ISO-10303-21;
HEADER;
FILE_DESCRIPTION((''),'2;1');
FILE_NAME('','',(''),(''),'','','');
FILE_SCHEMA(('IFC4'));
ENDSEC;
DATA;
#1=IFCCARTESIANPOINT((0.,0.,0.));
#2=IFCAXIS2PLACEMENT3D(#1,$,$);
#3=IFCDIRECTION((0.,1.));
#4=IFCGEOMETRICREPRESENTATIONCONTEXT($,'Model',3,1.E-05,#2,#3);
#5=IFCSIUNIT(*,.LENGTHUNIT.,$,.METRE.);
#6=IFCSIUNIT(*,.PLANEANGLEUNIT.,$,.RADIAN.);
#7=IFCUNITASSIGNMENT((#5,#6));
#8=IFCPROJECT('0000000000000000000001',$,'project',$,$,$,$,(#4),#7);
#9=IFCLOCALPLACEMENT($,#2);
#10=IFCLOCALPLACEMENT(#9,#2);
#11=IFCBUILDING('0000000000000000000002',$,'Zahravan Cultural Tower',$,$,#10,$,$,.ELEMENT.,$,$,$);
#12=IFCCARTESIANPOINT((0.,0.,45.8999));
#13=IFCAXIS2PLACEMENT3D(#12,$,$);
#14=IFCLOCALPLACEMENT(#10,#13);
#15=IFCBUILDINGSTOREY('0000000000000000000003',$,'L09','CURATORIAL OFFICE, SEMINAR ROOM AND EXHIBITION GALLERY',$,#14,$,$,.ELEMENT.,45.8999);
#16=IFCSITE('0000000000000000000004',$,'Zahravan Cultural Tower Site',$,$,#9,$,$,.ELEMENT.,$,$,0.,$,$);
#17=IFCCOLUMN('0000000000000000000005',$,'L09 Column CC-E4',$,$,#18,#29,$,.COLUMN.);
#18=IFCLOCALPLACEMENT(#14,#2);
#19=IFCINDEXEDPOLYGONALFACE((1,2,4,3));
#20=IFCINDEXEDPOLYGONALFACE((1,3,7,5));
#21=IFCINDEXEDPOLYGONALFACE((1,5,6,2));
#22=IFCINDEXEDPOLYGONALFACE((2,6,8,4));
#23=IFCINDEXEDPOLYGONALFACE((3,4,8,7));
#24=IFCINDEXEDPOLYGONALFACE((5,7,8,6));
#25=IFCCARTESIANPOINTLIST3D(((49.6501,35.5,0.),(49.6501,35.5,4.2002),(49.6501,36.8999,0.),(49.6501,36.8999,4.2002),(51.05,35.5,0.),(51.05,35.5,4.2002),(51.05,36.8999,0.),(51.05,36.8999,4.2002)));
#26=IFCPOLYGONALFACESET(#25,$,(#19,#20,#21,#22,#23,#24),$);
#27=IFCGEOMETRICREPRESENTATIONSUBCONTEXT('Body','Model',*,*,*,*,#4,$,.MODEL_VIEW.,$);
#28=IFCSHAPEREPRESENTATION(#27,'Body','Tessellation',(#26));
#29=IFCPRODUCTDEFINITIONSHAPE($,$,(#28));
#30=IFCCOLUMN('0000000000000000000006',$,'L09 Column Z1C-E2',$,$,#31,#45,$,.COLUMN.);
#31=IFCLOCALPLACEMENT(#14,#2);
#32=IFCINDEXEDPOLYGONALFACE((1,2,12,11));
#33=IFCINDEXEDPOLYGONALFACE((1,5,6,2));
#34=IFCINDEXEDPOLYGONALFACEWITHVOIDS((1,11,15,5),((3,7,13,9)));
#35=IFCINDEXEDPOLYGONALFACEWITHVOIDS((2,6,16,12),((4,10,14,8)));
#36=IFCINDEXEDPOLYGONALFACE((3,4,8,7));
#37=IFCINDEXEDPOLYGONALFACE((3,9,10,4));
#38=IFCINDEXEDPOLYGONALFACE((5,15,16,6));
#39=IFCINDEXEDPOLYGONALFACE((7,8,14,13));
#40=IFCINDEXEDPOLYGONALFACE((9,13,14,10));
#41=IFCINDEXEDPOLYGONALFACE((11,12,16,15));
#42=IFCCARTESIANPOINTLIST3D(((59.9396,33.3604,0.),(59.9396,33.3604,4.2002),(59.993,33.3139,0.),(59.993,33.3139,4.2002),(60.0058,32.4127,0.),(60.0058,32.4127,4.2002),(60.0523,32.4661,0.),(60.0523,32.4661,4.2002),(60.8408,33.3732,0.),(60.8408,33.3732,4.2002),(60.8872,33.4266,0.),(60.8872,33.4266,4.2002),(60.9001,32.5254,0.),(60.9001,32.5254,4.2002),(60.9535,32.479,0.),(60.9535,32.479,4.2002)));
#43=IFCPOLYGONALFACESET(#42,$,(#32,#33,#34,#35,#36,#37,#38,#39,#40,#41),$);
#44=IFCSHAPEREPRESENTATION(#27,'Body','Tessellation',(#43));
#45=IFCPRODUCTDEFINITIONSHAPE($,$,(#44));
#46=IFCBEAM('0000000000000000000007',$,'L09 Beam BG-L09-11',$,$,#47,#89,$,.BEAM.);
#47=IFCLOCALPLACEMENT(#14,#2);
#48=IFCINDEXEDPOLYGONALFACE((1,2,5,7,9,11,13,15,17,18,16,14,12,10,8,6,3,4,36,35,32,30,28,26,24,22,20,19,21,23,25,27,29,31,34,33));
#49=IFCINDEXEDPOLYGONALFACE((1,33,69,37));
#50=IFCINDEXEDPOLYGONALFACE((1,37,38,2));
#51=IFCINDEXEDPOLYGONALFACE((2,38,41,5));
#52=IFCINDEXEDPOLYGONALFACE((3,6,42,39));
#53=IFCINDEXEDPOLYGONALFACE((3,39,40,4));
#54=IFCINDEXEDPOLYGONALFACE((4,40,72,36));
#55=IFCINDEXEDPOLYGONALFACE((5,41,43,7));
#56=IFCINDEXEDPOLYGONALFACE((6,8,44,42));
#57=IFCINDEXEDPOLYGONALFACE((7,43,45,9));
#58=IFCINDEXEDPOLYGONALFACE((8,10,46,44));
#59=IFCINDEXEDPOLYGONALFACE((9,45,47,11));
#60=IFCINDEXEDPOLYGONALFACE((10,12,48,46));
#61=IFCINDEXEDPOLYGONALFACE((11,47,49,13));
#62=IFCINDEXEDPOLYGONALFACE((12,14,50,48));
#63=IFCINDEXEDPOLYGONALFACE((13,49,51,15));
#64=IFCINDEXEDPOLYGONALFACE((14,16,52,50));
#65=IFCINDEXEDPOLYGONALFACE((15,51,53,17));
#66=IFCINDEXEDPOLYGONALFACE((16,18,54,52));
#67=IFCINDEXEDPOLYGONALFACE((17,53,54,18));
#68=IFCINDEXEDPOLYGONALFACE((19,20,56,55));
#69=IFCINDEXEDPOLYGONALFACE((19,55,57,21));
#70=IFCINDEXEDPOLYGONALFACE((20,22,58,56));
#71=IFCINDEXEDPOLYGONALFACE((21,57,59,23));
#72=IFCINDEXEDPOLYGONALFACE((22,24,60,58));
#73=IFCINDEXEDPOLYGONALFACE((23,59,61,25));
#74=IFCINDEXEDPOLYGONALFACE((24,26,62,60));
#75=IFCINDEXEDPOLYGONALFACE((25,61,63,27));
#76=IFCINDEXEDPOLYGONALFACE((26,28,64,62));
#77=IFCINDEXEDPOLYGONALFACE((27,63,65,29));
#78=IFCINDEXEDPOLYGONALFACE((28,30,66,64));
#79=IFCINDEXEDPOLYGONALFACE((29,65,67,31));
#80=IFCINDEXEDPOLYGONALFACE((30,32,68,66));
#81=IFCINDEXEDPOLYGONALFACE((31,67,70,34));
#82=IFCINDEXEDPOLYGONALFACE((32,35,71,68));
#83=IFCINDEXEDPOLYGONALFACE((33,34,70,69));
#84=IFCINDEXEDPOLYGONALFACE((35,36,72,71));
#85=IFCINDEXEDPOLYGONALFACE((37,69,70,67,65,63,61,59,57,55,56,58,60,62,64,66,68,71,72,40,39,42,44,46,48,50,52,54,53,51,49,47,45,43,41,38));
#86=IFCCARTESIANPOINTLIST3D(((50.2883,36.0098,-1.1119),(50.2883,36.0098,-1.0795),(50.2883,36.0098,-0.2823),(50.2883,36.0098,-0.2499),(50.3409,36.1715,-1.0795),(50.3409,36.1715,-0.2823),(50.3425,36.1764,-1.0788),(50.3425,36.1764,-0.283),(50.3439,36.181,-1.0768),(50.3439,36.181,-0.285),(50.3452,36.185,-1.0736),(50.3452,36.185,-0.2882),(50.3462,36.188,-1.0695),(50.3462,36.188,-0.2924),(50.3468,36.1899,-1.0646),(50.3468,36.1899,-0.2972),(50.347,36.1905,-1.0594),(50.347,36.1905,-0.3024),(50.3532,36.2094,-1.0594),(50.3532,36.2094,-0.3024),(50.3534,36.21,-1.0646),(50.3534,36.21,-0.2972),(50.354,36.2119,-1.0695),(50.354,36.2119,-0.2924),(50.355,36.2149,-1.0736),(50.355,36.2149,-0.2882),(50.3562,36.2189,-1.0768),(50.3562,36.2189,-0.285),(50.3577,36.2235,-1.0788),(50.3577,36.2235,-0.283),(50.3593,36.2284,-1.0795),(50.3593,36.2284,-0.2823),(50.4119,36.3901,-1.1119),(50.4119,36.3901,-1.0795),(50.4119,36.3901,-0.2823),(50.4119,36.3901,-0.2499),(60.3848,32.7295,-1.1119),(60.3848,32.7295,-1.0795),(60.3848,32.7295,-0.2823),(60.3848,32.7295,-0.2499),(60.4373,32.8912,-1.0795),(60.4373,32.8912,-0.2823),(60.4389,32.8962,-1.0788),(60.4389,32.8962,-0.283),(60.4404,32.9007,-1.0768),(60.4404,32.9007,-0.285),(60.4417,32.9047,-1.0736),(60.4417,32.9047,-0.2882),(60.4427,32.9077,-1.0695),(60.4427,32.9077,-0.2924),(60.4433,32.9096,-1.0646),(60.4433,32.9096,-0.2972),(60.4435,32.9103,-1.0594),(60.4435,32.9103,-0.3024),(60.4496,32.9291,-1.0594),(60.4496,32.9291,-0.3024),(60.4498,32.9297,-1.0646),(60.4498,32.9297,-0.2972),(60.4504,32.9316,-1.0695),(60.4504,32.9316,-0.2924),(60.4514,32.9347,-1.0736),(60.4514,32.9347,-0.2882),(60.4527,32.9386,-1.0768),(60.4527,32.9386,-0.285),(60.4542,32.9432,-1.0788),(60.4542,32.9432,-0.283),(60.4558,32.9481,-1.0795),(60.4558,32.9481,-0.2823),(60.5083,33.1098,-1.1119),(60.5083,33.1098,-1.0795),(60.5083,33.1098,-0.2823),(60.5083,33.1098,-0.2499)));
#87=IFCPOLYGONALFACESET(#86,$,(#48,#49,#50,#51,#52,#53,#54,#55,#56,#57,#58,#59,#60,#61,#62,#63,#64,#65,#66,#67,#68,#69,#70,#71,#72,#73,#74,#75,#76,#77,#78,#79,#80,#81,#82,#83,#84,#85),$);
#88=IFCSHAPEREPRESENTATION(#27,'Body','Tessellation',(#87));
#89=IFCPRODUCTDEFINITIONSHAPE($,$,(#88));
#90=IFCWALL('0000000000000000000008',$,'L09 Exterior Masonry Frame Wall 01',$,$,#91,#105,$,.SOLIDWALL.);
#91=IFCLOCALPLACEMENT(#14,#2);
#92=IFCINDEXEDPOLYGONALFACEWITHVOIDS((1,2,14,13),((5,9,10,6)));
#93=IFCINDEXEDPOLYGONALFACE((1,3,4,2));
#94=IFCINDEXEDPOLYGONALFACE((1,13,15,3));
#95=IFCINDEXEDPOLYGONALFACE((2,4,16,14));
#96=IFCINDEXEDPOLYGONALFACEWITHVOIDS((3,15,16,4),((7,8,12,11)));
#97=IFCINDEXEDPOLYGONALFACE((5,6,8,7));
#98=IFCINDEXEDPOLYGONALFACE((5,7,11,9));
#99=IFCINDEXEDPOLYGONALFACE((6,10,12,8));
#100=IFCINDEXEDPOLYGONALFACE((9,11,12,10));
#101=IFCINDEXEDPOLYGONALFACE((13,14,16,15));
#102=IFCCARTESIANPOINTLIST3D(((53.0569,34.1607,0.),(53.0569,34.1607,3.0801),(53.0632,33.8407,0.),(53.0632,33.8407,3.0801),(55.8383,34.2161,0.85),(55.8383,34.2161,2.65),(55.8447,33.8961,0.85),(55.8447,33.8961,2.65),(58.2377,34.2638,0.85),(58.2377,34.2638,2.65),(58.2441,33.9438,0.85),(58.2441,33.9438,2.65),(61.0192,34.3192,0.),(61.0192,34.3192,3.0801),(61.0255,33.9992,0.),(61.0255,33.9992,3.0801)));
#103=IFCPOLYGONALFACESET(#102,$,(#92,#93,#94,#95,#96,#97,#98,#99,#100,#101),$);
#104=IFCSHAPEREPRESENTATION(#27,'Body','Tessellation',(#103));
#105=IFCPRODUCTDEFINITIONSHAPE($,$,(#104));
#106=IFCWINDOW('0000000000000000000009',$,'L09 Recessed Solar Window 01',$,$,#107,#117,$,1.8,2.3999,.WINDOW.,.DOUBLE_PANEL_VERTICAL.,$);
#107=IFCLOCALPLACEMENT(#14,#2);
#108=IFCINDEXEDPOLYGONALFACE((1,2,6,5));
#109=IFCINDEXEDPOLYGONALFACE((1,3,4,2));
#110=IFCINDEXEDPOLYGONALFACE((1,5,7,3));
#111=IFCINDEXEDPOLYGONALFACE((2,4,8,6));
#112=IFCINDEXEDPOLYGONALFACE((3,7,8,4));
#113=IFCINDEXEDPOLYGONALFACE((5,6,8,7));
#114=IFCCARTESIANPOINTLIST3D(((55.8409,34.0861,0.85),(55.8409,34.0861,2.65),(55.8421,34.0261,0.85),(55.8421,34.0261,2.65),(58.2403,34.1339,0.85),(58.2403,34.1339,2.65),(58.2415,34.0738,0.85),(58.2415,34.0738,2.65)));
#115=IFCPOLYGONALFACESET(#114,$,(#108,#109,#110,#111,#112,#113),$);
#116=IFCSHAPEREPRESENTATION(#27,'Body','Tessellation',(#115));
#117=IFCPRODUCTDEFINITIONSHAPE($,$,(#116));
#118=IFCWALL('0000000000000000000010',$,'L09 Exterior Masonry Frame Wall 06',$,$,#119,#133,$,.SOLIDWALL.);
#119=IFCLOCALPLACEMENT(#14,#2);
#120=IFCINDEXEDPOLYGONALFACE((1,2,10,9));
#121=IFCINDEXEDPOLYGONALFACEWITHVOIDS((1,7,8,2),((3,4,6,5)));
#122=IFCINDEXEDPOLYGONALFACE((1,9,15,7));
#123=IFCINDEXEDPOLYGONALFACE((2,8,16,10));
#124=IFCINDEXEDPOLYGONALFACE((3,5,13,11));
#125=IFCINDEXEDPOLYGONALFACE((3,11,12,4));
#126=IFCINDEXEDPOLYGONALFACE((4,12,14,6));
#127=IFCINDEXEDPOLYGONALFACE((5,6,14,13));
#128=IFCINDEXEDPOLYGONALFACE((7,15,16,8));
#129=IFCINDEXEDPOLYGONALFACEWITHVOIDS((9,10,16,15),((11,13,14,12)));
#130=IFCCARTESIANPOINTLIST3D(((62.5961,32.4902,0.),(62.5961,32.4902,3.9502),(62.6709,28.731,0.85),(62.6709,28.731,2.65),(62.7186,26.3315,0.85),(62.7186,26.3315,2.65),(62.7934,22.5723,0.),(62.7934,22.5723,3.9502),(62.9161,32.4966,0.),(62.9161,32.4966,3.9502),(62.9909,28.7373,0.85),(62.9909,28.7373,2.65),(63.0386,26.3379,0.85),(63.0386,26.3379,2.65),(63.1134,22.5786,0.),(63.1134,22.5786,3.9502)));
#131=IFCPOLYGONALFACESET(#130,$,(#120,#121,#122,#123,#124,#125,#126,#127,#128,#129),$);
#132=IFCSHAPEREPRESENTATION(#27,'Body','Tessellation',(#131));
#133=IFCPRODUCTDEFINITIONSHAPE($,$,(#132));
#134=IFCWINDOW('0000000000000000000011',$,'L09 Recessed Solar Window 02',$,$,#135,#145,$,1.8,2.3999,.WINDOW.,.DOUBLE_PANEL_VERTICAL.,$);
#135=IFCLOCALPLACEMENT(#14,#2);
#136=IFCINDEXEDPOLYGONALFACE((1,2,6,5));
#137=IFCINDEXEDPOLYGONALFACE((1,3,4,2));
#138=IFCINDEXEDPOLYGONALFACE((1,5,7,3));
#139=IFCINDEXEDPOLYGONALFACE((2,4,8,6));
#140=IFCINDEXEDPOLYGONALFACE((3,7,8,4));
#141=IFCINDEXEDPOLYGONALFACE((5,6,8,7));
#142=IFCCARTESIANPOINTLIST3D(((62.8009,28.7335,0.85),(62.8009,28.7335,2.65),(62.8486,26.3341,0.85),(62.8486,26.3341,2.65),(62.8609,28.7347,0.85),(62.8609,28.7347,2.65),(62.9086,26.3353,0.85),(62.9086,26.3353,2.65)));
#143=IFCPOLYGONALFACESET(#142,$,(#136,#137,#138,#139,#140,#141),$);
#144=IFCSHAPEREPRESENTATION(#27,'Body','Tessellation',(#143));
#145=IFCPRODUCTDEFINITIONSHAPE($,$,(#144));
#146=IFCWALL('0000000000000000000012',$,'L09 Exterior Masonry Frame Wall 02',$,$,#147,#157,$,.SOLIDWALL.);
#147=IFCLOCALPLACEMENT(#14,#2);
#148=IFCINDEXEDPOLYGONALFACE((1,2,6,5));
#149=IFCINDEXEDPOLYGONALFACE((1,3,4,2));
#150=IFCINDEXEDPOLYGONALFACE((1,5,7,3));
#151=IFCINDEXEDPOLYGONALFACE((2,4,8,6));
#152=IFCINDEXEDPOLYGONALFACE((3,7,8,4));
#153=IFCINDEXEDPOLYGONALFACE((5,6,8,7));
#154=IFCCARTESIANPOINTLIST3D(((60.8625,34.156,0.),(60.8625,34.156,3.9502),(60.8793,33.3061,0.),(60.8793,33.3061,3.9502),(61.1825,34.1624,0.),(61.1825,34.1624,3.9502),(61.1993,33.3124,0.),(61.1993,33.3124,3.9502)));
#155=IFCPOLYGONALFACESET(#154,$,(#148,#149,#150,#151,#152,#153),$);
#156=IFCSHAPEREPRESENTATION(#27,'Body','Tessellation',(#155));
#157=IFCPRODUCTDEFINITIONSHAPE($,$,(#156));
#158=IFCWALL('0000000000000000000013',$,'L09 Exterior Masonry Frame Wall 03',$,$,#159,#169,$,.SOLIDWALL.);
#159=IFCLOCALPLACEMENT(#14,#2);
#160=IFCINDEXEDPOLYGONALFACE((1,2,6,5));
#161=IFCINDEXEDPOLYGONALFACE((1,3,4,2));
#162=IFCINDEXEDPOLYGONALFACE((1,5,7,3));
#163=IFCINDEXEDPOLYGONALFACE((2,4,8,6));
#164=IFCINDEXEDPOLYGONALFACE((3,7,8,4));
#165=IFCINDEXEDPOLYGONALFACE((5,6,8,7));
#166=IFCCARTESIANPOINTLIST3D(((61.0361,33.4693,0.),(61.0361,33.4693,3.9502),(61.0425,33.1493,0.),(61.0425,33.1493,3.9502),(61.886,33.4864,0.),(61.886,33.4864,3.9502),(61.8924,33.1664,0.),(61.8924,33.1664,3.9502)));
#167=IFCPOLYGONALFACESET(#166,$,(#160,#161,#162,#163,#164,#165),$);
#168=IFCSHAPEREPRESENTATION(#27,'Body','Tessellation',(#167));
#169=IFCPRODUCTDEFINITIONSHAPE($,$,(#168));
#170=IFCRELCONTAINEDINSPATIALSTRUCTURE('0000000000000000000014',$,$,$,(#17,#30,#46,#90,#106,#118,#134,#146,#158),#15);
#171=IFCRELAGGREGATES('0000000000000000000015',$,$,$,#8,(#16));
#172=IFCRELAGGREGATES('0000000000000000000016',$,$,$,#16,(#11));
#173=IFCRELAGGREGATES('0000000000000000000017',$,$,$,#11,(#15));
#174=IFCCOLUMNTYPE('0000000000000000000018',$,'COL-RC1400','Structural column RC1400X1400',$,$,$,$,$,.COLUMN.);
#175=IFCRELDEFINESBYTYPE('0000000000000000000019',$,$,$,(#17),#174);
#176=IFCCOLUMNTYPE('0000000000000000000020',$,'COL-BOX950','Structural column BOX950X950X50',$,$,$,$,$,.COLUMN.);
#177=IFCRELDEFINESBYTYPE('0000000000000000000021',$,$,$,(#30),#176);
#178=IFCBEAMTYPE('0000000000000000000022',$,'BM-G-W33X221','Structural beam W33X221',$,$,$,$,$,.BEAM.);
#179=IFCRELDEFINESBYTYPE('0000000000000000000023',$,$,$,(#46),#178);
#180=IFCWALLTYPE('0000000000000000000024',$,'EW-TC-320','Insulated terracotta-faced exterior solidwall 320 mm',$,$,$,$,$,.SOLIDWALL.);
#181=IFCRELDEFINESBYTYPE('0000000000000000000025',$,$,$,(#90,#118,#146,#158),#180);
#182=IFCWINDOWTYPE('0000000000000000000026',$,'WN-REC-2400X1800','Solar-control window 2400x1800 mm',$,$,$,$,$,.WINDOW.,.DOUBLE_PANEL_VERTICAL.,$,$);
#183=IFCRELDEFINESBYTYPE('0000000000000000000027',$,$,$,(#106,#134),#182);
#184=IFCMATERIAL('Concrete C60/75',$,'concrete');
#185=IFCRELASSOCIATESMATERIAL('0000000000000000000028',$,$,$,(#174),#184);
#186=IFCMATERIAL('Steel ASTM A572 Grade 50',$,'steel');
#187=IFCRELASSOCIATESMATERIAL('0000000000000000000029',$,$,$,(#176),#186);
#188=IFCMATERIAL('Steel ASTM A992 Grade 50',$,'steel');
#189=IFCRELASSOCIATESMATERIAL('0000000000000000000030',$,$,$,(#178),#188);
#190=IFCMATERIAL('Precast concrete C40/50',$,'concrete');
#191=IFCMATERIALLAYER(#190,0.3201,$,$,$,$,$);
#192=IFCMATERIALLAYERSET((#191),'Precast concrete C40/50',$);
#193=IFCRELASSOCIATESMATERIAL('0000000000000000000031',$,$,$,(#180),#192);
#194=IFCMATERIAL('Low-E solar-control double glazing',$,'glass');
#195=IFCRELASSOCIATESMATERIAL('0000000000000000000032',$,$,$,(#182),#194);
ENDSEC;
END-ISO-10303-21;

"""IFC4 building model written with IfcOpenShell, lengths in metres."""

from ifc_helpers import new_model, si_unit, direction, frame, frame_2d, origin, origin_2d, place, context, subcontext, project, spatial, rectangle, hollow_rectangle, i_section, extrude, source, transform, mapped, material, layer, layer_set, material_profile, profile_set, type_object, element, fill, save


model = new_model("IFC4")

# Units and contexts
model_context = context("Model", 3, precision=1e-05, world=origin(), true_north=direction((0.0, 1.0)))
body_context = subcontext(model_context, "Body", "Model", "MODEL_VIEW")
ifc_project = project(units=[si_unit("LENGTHUNIT", "METRE"), si_unit("PLANEANGLEUNIT", "RADIAN")], contexts=[model_context])

# Site, building, storey
site_placement = place(None, origin())
site = spatial("IfcSite", under=ifc_project, at=site_placement, Name="Zahravan Cultural Tower Site", CompositionType="ELEMENT", RefElevation=0.0)
building_placement = place(site_placement, origin())
building = spatial("IfcBuilding", under=site, at=building_placement, Name="Zahravan Cultural Tower", CompositionType="ELEMENT")
storey_placement = place(building_placement, frame((0.0, 0.0, 45.8999)))
storey = spatial("IfcBuildingStorey", under=building, at=storey_placement, Name="L09", Description="CURATORIAL OFFICE, SEMINAR ROOM AND EXHIBITION GALLERY", CompositionType="ELEMENT", Elevation=45.8999)

# Columns
ifc_material_1 = material(Name="Concrete C60/75", Category="concrete")
ifc_material_profile_1 = material_profile(ifc_material_1, rectangle(XDim=1.3999, YDim=1.3999, at=origin_2d()), Name="RC1400X1400")
ifc_profile_set_1 = profile_set([ifc_material_profile_1], Name="Concrete C60/75")
column_type_1 = type_object("IfcColumnType", Name="COL-RC1400", Description="Structural column RC1400X1400", PredefinedType="COLUMN", material=ifc_profile_set_1)
shared_shape_1 = source(origin(), body_context, "Body", "SweptSolid", [
    extrude(rectangle(XDim=1.3999, YDim=1.3999, at=origin_2d()), origin(), (0.0, 0.0, 1.0), 4.2002),
])
column_1_placement = place(storey_placement, frame((50.3501, 36.2, 0.0), z_axis=(0.0, 0.0, 1.0), x_axis=(1.0, 0.0, 0.0)))
element("IfcColumn", 1, at=column_1_placement, inside=storey, type_object=column_type_1, Name="L09 Column CC-E4", PredefinedType="COLUMN", context=body_context, shape_type="MappedRepresentation", body=[
    mapped(shared_shape_1, transform((0.0, 0.0, 0.0), x_axis=(1.0, 0.0, 0.0), y_axis=(0.0, 1.0, 0.0), z_axis=(0.0, 0.0, 1.0), scale=1.0)),
])
ifc_material_2 = material(Name="Steel ASTM A572 Grade 50", Category="steel")
ifc_material_profile_2 = material_profile(ifc_material_2, hollow_rectangle(XDim=0.95, YDim=0.95, WallThickness=0.05, at=origin_2d()), Name="BOX950X950X50")
ifc_profile_set_2 = profile_set([ifc_material_profile_2], Name="Steel ASTM A572 Grade 50")
column_type_2 = type_object("IfcColumnType", Name="COL-BOX950", Description="Structural column BOX950X950X50", PredefinedType="COLUMN", material=ifc_profile_set_2)
shared_shape_2 = source(origin(), body_context, "Body", "SweptSolid", [
    extrude(hollow_rectangle(XDim=0.95, YDim=0.95, WallThickness=0.05, at=origin_2d()), origin(), (0.0, 0.0, 1.0), 4.2002),
])
column_2_placement = place(storey_placement, frame((60.4465, 32.9197, 0.0), z_axis=(0.0, 0.0, 1.0), x_axis=(0.997564, 0.069756, 0.0)))
element("IfcColumn", 2, at=column_2_placement, inside=storey, type_object=column_type_2, Name="L09 Column Z1C-E2", PredefinedType="COLUMN", context=body_context, shape_type="MappedRepresentation", body=[
    mapped(shared_shape_2, transform((0.0, 0.0, 0.0), x_axis=(1.0, 0.0, 0.0), y_axis=(0.0, 1.0, 0.0), z_axis=(0.0, 0.0, 1.0), scale=1.0)),
])

# Beam
ifc_material_3 = material(Name="Steel ASTM A992 Grade 50", Category="steel")
ifc_material_profile_3 = material_profile(ifc_material_3, i_section(OverallWidth=0.3999, OverallDepth=0.8621, WebThickness=0.0198, FlangeThickness=0.0325, FilletRadius=0.02, at=origin_2d()), Name="W33X221")
ifc_profile_set_3 = profile_set([ifc_material_profile_3], Name="Steel ASTM A992 Grade 50")
beam_type = type_object("IfcBeamType", Name="BM-G-W33X221", Description="Structural beam W33X221", PredefinedType="BEAM", material=ifc_profile_set_3)
shared_shape_3 = source(origin(), body_context, "Body", "SweptSolid", [
    extrude(i_section(OverallWidth=0.3999, OverallDepth=0.8621, WebThickness=0.0198, FlangeThickness=0.0325, FilletRadius=0.02, at=origin_2d()), origin(), (0.0, 0.0, 1.0), 10.616),
])
beam_placement = place(storey_placement, frame((50.3501, 36.2, -0.6809), z_axis=(0.951064, -0.308995, 0.0), x_axis=(0.308995, 0.951064, 0.0)))
element("IfcBeam", 3, at=beam_placement, inside=storey, type_object=beam_type, Name="L09 Beam BG-L09-11", PredefinedType="BEAM", context=body_context, shape_type="MappedRepresentation", body=[
    mapped(shared_shape_3, transform((0.0, 0.0, 0.0), x_axis=(1.0, 0.0, 0.0), y_axis=(0.0, 1.0, 0.0), z_axis=(0.0, 0.0, 1.0), scale=1.0)),
])

# Walls, openings, windows
ifc_material_4 = material(Name="Precast concrete C40/50", Category="concrete")
ifc_layer_1 = layer(ifc_material_4, 0.3201)
ifc_layer_set_1 = layer_set([ifc_layer_1], Name="Precast concrete C40/50")
wall_type_1 = type_object("IfcWallType", Name="EW-TC-320", Description="Insulated terracotta-faced exterior solidwall 320 mm", PredefinedType="SOLIDWALL", material=ifc_layer_set_1)
wall_1_placement = place(storey_placement, frame((53.0601, 34.0007, 0.0), z_axis=(0.0, 0.0, 1.0), x_axis=(0.999802, 0.019895, 0.0)))
wall_1 = element("IfcWall", 4, at=wall_1_placement, inside=storey, type_object=wall_type_1, Name="L09 Exterior Masonry Frame Wall 01", PredefinedType="SOLIDWALL", context=body_context, shape_type="SweptSolid", body=[
    extrude(rectangle(XDim=7.9639, YDim=0.3201, at=frame_2d((3.9819, 0.0))), origin(), (0.0, 0.0, 1.0), 3.0801),
])
opening_1_placement = place(wall_1_placement, frame((2.782, 0.0, 0.8501)))
opening_1 = element("IfcOpeningElement", 5, at=opening_1_placement, cuts=wall_1, PredefinedType="OPENING", context=body_context, shape_type="SweptSolid", body=[
    extrude(rectangle(XDim=2.3999, YDim=1.8, at=frame_2d((1.2, 0.8999))), frame((0.0, 0.1699, 0.0), z_axis=(0.0, -1.0, 0.0), x_axis=(1.0, 0.0, 0.0)), (0.0, 0.0, 1.0), 0.3401),
])
ifc_material_5 = material(Name="Low-E solar-control double glazing", Category="glass")
window_type = type_object("IfcWindowType", Name="WN-REC-2400X1800", Description="Solar-control window 2400x1800 mm", PartitioningType="DOUBLE_PANEL_VERTICAL", PredefinedType="WINDOW", material=ifc_material_5)
shared_shape_4 = source(origin(), body_context, "Body", "SweptSolid", [
    extrude(rectangle(XDim=2.3999, YDim=1.8, at=frame_2d((1.2, 0.8999))), frame((0.0, 0.03, 0.0), z_axis=(0.0, -1.0, 0.0), x_axis=(1.0, 0.0, 0.0)), (0.0, 0.0, 1.0), 0.0601),
])
window_1_placement = place(opening_1_placement, origin())
window_1 = element("IfcWindow", 6, at=window_1_placement, inside=storey, type_object=window_type, Name="L09 Recessed Solar Window 01", OverallHeight=1.8, OverallWidth=2.3999, PartitioningType="DOUBLE_PANEL_VERTICAL", PredefinedType="WINDOW", context=body_context, shape_type="MappedRepresentation", body=[
    mapped(shared_shape_4, transform((0.0, 0.0, 0.0), x_axis=(1.0, 0.0, 0.0), y_axis=(0.0, 1.0, 0.0), z_axis=(0.0, 0.0, 1.0), scale=1.0)),
])
fill(opening_1, window_1)
wall_2_placement = place(storey_placement, frame((62.7561, 32.4934, 0.0), z_axis=(0.0, 0.0, 1.0), x_axis=(0.019886, -0.999802, 0.0)))
wall_2 = element("IfcWall", 7, at=wall_2_placement, inside=storey, type_object=wall_type_1, Name="L09 Exterior Masonry Frame Wall 06", PredefinedType="SOLIDWALL", context=body_context, shape_type="SweptSolid", body=[
    extrude(rectangle(XDim=9.9199, YDim=0.3201, at=frame_2d((4.96, 0.0))), origin(), (0.0, 0.0, 1.0), 3.9502),
])
opening_2_placement = place(wall_2_placement, frame((3.76, 0.0, 0.8501)))
opening_2 = element("IfcOpeningElement", 8, at=opening_2_placement, cuts=wall_2, PredefinedType="OPENING", context=body_context, shape_type="SweptSolid", body=[
    extrude(rectangle(XDim=2.3999, YDim=1.8, at=frame_2d((1.2, 0.8999))), frame((0.0, 0.1699, 0.0), z_axis=(0.0, -1.0, 0.0), x_axis=(1.0, 0.0, 0.0)), (0.0, 0.0, 1.0), 0.3401),
])
window_2_placement = place(opening_2_placement, origin())
window_2 = element("IfcWindow", 9, at=window_2_placement, inside=storey, type_object=window_type, Name="L09 Recessed Solar Window 02", OverallHeight=1.8, OverallWidth=2.3999, PartitioningType="DOUBLE_PANEL_VERTICAL", PredefinedType="WINDOW", context=body_context, shape_type="MappedRepresentation", body=[
    mapped(shared_shape_4, transform((0.0, 0.0, 0.0), x_axis=(1.0, 0.0, 0.0), y_axis=(0.0, 1.0, 0.0), z_axis=(0.0, 0.0, 1.0), scale=1.0)),
])
fill(opening_2, window_2)

# Walls
shared_shape_5 = source(origin(), body_context, "Body", "SweptSolid", [
    extrude(rectangle(XDim=0.8501, YDim=0.3201, at=frame_2d((0.425, 0.0))), origin(), (0.0, 0.0, 1.0), 3.9502),
])
for number, where, z_axis, x_axis, name in (
    (10, (61.0225, 34.1592, 0.0), (0.0, 0.0, 1.0), (0.019818, -0.999804, 0.0), "L09 Exterior Masonry Frame Wall 02"),
    (11, (61.0393, 33.3093, 0.0), (0.0, 0.0, 1.0), (0.999798, 0.020105, 0.0), "L09 Exterior Masonry Frame Wall 03"),
):
    element("IfcWall", number, at=place(storey_placement, frame(where, z_axis=z_axis, x_axis=x_axis)), inside=storey, type_object=wall_type_1, Name=name, PredefinedType="SOLIDWALL", context=body_context, shape_type="MappedRepresentation", body=[
        mapped(shared_shape_5, transform((0.0, 0.0, 0.0), x_axis=(1.0, 0.0, 0.0), y_axis=(0.0, 1.0, 0.0), z_axis=(0.0, 0.0, 1.0), scale=1.0)),
    ])

save(model, "model.ifc")
